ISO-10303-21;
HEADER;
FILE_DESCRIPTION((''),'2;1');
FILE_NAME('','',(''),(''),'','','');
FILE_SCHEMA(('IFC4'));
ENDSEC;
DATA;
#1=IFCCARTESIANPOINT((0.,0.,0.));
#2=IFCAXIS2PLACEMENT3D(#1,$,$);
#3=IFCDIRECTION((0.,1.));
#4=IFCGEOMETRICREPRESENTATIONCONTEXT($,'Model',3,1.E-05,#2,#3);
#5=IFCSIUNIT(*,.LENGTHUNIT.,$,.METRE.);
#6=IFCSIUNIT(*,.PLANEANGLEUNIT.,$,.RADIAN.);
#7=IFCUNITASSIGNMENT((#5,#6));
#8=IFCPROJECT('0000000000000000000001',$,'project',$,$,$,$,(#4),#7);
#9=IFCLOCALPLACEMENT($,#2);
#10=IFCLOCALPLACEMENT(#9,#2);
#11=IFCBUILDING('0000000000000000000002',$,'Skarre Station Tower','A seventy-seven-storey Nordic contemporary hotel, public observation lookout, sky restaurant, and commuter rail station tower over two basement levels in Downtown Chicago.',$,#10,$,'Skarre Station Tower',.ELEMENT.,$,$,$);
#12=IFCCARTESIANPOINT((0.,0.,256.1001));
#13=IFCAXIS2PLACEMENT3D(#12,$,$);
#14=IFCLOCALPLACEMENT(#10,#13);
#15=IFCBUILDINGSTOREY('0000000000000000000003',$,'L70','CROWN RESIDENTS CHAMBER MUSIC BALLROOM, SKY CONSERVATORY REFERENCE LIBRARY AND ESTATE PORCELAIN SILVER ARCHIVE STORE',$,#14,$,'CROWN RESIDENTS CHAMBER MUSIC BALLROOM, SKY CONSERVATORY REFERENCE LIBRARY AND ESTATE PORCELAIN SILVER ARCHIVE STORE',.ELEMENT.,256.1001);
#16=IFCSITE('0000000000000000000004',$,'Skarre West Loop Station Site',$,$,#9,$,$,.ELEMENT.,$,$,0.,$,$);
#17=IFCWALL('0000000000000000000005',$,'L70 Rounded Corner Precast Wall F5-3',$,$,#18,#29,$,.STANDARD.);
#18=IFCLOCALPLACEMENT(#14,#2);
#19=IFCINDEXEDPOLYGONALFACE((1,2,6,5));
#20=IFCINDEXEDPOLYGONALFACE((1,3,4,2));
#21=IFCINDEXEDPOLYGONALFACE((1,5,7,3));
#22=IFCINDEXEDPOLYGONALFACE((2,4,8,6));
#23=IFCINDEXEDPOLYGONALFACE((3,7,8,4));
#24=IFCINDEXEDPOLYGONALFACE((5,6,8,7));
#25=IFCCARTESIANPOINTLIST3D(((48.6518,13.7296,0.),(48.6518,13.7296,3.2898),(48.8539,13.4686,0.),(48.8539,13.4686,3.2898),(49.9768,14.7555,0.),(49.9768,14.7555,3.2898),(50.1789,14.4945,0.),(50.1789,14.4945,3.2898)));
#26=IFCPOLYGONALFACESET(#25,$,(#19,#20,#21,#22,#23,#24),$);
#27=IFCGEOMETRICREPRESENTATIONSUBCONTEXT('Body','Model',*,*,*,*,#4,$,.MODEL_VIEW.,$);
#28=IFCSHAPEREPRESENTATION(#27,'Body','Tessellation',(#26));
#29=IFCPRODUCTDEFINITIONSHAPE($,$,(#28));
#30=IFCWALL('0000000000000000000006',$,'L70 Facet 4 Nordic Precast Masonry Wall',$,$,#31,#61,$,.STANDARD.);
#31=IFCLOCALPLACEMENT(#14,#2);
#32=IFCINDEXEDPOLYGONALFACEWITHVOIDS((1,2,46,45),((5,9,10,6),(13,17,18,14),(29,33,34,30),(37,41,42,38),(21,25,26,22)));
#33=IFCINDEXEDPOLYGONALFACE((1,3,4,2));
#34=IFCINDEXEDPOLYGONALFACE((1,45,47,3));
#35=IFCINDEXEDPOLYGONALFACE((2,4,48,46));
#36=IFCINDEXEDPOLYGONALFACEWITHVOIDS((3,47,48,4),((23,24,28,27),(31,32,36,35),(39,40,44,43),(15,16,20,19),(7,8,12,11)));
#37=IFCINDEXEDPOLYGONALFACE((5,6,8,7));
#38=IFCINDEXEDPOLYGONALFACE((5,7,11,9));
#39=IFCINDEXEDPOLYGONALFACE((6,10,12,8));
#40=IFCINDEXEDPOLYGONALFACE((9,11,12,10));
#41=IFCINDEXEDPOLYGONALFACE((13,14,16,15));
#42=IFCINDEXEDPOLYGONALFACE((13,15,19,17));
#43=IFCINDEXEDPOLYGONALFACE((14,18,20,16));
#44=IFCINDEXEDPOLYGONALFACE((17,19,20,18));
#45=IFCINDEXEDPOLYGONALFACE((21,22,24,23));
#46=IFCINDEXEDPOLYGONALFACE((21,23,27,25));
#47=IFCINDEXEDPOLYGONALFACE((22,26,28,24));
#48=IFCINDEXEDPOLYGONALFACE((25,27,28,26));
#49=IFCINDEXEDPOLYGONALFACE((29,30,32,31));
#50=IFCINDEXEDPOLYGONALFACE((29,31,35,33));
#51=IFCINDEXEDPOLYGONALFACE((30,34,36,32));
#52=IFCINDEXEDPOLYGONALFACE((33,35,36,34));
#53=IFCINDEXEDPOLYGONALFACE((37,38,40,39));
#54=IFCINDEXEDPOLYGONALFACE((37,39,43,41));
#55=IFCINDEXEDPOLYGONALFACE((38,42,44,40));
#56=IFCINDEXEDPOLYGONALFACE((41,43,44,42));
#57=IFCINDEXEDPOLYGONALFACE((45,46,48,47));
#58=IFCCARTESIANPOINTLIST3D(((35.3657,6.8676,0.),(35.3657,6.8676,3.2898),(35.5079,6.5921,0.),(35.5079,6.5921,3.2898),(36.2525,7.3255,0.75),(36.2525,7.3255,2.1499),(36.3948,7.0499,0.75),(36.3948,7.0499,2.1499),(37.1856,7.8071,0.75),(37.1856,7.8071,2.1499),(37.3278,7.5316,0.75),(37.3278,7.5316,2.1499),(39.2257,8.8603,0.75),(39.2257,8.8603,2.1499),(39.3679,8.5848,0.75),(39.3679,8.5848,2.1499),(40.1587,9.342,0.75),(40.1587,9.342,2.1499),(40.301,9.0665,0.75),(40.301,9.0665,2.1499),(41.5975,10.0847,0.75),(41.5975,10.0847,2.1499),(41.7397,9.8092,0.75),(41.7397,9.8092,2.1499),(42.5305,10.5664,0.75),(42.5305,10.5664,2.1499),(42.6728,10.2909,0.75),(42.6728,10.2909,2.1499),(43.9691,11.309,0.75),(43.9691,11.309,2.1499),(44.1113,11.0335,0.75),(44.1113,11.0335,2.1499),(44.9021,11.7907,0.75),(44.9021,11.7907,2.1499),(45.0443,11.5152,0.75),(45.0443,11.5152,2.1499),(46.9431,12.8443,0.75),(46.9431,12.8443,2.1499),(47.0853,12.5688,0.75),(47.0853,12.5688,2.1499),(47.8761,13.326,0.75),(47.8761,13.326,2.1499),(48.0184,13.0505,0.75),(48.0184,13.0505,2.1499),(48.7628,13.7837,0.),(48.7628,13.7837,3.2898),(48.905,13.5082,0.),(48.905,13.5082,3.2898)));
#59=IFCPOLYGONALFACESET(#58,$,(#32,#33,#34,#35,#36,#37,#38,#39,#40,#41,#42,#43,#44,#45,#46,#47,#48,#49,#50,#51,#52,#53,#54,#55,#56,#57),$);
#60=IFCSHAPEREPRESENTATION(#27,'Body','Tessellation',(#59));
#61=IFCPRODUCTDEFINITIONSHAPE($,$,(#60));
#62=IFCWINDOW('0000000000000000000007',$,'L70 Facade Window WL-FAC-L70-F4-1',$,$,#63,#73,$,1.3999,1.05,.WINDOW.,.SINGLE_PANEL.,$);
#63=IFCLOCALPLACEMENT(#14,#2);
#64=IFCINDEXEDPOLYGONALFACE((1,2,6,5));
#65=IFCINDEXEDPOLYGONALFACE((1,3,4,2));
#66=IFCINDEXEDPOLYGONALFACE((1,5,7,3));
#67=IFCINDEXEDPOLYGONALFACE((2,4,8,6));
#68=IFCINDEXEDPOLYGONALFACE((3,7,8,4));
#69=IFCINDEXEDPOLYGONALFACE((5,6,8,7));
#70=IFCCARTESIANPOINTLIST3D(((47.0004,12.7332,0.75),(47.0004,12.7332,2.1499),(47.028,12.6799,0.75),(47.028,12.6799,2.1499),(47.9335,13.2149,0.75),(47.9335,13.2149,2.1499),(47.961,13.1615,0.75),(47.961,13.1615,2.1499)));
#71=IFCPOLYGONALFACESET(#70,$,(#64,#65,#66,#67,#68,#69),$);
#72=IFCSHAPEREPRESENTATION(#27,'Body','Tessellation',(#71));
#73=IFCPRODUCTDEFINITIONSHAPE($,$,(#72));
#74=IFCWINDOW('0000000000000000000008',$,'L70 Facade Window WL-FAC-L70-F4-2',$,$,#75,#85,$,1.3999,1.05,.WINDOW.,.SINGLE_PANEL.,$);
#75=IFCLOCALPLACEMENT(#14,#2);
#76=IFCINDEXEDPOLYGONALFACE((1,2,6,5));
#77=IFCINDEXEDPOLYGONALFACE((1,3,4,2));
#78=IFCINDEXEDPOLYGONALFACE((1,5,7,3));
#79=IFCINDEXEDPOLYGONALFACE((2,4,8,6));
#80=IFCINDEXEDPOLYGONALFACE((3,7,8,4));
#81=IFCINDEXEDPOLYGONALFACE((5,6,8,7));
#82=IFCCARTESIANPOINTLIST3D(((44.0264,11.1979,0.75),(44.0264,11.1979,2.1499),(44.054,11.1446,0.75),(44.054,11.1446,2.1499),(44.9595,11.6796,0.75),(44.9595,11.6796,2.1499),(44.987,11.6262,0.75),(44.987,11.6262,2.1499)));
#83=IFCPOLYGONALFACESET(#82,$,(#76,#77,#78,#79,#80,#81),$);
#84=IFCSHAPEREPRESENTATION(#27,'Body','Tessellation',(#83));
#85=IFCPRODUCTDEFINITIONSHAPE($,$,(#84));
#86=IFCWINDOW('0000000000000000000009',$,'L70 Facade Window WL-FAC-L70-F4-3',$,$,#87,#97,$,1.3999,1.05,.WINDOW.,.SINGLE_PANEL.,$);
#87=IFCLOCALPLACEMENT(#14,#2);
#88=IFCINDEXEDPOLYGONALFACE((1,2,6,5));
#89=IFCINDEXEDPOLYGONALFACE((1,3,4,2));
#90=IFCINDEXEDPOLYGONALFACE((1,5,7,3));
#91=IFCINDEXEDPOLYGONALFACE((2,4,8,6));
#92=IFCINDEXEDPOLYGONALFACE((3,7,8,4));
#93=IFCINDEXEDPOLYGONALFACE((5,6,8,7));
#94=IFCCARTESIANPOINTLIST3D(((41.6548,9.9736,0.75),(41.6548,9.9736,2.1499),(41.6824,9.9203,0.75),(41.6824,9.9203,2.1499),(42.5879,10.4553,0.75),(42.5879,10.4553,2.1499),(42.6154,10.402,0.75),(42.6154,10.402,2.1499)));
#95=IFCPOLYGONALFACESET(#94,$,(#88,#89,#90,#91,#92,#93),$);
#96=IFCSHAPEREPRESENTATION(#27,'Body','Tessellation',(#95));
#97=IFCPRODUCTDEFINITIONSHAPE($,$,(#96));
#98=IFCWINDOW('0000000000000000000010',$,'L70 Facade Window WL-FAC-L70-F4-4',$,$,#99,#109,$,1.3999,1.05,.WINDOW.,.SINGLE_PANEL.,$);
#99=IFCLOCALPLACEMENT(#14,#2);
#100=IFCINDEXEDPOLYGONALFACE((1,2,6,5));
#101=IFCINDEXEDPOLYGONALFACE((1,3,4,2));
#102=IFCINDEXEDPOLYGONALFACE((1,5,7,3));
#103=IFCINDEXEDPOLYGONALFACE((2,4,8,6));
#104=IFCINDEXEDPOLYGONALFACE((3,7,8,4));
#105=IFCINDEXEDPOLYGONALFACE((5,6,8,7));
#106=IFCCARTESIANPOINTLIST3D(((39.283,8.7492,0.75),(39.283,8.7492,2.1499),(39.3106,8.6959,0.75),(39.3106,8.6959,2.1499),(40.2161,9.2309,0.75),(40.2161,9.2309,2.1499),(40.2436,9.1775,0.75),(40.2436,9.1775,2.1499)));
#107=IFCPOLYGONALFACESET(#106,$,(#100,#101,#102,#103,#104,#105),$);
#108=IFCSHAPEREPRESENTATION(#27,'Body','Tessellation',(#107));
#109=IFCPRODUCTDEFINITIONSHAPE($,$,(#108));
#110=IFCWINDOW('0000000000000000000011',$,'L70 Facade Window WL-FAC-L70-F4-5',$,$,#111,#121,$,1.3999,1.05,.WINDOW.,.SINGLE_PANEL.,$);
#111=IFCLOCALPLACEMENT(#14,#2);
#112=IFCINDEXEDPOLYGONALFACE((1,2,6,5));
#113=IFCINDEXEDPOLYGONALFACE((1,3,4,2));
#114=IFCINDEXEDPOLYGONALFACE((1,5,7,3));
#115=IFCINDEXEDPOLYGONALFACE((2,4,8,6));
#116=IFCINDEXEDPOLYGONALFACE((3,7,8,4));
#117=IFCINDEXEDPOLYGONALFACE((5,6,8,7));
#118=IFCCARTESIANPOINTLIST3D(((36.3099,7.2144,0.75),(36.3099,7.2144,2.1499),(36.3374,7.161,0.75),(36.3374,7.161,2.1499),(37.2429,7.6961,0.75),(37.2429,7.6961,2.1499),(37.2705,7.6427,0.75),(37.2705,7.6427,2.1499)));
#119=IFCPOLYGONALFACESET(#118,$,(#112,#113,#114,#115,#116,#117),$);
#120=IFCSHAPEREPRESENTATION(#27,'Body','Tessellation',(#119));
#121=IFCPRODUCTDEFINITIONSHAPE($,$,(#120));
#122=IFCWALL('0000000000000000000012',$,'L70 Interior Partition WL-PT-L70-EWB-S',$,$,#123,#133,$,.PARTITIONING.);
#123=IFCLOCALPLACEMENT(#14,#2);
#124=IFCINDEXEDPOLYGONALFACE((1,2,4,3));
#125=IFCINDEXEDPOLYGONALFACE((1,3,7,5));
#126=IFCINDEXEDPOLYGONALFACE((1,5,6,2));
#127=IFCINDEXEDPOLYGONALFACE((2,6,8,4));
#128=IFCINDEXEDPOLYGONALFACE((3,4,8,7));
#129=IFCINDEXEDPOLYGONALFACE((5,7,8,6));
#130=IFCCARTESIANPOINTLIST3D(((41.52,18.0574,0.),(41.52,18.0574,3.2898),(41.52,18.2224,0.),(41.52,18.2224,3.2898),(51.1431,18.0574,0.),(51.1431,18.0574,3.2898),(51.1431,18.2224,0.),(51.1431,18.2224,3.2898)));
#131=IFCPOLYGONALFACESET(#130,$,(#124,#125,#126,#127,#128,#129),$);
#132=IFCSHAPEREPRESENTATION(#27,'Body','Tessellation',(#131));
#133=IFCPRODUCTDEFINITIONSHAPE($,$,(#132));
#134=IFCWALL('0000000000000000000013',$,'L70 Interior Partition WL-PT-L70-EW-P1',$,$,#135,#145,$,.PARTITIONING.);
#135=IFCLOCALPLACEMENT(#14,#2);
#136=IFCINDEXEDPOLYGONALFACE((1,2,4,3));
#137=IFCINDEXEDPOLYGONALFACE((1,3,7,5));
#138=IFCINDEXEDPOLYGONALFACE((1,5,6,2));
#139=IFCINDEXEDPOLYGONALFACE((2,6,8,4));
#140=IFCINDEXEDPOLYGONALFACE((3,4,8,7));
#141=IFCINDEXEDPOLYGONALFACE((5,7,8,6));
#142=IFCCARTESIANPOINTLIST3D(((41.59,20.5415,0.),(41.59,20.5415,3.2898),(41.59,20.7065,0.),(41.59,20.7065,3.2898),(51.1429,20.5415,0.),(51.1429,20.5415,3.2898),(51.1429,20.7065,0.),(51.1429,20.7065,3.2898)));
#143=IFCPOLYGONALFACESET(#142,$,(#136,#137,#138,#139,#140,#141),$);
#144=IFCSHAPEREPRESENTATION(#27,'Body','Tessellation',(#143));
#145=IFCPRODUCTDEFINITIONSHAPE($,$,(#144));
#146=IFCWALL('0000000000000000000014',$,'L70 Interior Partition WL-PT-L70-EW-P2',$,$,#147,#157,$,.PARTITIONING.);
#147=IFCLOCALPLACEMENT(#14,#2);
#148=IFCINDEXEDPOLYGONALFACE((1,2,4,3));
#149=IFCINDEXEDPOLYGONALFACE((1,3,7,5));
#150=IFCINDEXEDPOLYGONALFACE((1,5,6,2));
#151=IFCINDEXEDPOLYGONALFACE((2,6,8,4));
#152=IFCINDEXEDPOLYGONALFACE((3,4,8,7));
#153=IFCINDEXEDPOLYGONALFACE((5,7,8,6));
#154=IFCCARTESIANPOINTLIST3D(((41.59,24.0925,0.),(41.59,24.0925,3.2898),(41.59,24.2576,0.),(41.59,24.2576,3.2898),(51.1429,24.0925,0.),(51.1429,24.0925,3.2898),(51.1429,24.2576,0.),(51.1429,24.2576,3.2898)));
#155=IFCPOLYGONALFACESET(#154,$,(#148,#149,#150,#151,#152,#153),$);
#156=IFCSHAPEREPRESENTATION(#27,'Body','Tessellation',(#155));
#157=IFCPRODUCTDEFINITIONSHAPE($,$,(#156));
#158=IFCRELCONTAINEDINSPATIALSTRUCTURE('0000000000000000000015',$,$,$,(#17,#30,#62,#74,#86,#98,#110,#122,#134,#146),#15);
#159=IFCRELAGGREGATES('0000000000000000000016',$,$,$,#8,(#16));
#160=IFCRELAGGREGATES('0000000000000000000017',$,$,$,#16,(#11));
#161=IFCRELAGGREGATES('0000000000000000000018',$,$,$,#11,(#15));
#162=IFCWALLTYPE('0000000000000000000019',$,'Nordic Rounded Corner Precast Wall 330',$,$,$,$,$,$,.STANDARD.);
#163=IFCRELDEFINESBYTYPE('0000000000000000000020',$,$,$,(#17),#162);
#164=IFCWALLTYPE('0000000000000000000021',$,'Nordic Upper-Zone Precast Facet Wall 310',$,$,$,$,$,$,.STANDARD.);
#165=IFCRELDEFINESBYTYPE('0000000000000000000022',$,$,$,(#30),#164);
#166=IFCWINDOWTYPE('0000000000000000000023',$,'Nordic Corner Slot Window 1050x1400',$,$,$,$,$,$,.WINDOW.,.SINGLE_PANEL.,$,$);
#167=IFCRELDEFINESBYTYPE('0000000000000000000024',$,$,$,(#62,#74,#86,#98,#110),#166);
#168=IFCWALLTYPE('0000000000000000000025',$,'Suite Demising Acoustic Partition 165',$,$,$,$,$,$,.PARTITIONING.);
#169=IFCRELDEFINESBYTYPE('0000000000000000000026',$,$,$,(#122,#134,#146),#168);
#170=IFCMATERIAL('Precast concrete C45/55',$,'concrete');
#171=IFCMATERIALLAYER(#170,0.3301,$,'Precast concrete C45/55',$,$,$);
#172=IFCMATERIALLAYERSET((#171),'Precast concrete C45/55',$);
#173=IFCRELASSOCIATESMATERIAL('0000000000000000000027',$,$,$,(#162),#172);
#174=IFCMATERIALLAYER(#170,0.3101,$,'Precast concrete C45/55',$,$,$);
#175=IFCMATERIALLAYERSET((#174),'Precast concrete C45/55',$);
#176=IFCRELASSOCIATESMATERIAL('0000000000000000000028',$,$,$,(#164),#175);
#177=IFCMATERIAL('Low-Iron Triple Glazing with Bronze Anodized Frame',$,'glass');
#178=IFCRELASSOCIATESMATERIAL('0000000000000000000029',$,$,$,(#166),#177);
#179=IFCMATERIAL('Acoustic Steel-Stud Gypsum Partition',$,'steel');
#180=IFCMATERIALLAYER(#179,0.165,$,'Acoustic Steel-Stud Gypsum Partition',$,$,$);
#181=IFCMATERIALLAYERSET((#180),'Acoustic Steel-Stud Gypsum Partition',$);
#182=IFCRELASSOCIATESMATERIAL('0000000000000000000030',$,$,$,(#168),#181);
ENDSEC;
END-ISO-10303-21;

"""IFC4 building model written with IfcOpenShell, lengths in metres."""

from ifc_helpers import new_model, si_unit, direction, frame, frame_2d, origin, place, context, subcontext, project, spatial, rectangle, extrude, material, layer, layer_set, type_object, element, fill, save


model = new_model("IFC4")

# Units and contexts
model_context = context("Model", 3, precision=1e-05, world=origin(), true_north=direction((0.0, 1.0)))
body_context = subcontext(model_context, "Body", "Model", "MODEL_VIEW")
ifc_project = project(units=[si_unit("LENGTHUNIT", "METRE"), si_unit("PLANEANGLEUNIT", "RADIAN")], contexts=[model_context])

# Site, building, storey
site_placement = place(None, origin())
site = spatial("IfcSite", under=ifc_project, at=site_placement, Name="Skarre West Loop Station Site", CompositionType="ELEMENT", RefElevation=0.0)
building_placement = place(site_placement, origin())
building = spatial("IfcBuilding", under=site, at=building_placement, Name="Skarre Station Tower", Description="A seventy-seven-storey Nordic contemporary hotel, public observation lookout, sky restaurant, and commuter rail station tower over two basement levels in Downtown Chicago.", LongName="Skarre Station Tower", CompositionType="ELEMENT")
storey_placement = place(building_placement, frame((0.0, 0.0, 256.1001)))
storey = spatial("IfcBuildingStorey", under=building, at=storey_placement, Name="L70", Description="CROWN RESIDENTS CHAMBER MUSIC BALLROOM, SKY CONSERVATORY REFERENCE LIBRARY AND ESTATE PORCELAIN SILVER ARCHIVE STORE", LongName="CROWN RESIDENTS CHAMBER MUSIC BALLROOM, SKY CONSERVATORY REFERENCE LIBRARY AND ESTATE PORCELAIN SILVER ARCHIVE STORE", CompositionType="ELEMENT", Elevation=256.1001)

# Shared definitions
ifc_material_1 = material(Name="Acoustic Steel-Stud Gypsum Partition", Category="steel")

# Wall
ifc_material_2 = material(Name="Precast concrete C45/55", Category="concrete")
ifc_layer_1 = layer(ifc_material_2, 0.3301, Name="Precast concrete C45/55")
ifc_layer_set_1 = layer_set([ifc_layer_1], Name="Precast concrete C45/55")
wall_type_1 = type_object("IfcWallType", Name="Nordic Rounded Corner Precast Wall 330", PredefinedType="STANDARD", material=ifc_layer_set_1)
wall_1_placement = place(storey_placement, frame((50.0779, 14.625, 0.0), z_axis=(0.0, 0.0, 1.0), x_axis=(-0.790692, -0.612214, 0.0)))
element("IfcWall", 1, at=wall_1_placement, inside=storey, type_object=wall_type_1, Name="L70 Rounded Corner Precast Wall F5-3", PredefinedType="STANDARD", context=body_context, shape_type="SweptSolid", body=[
    extrude(rectangle(XDim=1.6758, YDim=0.3301, at=frame_2d((0.8379, 0.0))), origin(), (0.0, 0.0, 1.0), 3.2898),
])

# Wall, openings, windows
ifc_layer_2 = layer(ifc_material_2, 0.3101, Name="Precast concrete C45/55")
ifc_layer_set_2 = layer_set([ifc_layer_2], Name="Precast concrete C45/55")
wall_type_2 = type_object("IfcWallType", Name="Nordic Upper-Zone Precast Facet Wall 310", PredefinedType="STANDARD", material=ifc_layer_set_2)
wall_2_placement = place(storey_placement, frame((48.834, 13.646, 0.0), z_axis=(0.0, 0.0, 1.0), x_axis=(-0.888581, -0.458719, 0.0)))
wall_2 = element("IfcWall", 2, at=wall_2_placement, inside=storey, type_object=wall_type_2, Name="L70 Facet 4 Nordic Precast Masonry Wall", PredefinedType="STANDARD", context=body_context, shape_type="SweptSolid", body=[
    extrude(rectangle(XDim=15.0769, YDim=0.3101, at=frame_2d((7.5386, 0.0))), origin(), (0.0, 0.0, 1.0), 3.2898),
])
opening_1_placement = place(wall_2_placement, frame((0.998, 0.0, 0.75)))
opening_1 = element("IfcOpeningElement", 3, at=opening_1_placement, cuts=wall_2, PredefinedType="OPENING", context=body_context, shape_type="SweptSolid", body=[
    extrude(rectangle(XDim=1.05, YDim=1.3999, at=frame_2d((0.5249, 0.7))), frame((0.0, 0.165, 0.0), z_axis=(0.0, -1.0, 0.0), x_axis=(1.0, 0.0, 0.0)), (0.0, 0.0, 1.0), 0.3301),
])
opening_2_placement = place(wall_2_placement, frame((4.345, 0.0, 0.75)))
opening_2 = element("IfcOpeningElement", 4, at=opening_2_placement, cuts=wall_2, PredefinedType="OPENING", context=body_context, shape_type="SweptSolid", body=[
    extrude(rectangle(XDim=1.05, YDim=1.3999, at=frame_2d((0.5249, 0.7))), frame((0.0, 0.165, 0.0), z_axis=(0.0, -1.0, 0.0), x_axis=(1.0, 0.0, 0.0)), (0.0, 0.0, 1.0), 0.3301),
])
opening_3_placement = place(wall_2_placement, frame((7.0139, 0.0, 0.75)))
opening_3 = element("IfcOpeningElement", 5, at=opening_3_placement, cuts=wall_2, PredefinedType="OPENING", context=body_context, shape_type="SweptSolid", body=[
    extrude(rectangle(XDim=1.05, YDim=1.3999, at=frame_2d((0.5249, 0.7))), frame((0.0, 0.165, 0.0), z_axis=(0.0, -1.0, 0.0), x_axis=(1.0, 0.0, 0.0)), (0.0, 0.0, 1.0), 0.3301),
])
opening_4_placement = place(wall_2_placement, frame((9.6831, 0.0, 0.75)))
opening_4 = element("IfcOpeningElement", 6, at=opening_4_placement, cuts=wall_2, PredefinedType="OPENING", context=body_context, shape_type="SweptSolid", body=[
    extrude(rectangle(XDim=1.05, YDim=1.3999, at=frame_2d((0.5249, 0.7))), frame((0.0, 0.165, 0.0), z_axis=(0.0, -1.0, 0.0), x_axis=(1.0, 0.0, 0.0)), (0.0, 0.0, 1.0), 0.3301),
])
opening_5_placement = place(wall_2_placement, frame((13.0291, 0.0, 0.75)))
opening_5 = element("IfcOpeningElement", 7, at=opening_5_placement, cuts=wall_2, PredefinedType="OPENING", context=body_context, shape_type="SweptSolid", body=[
    extrude(rectangle(XDim=1.05, YDim=1.3999, at=frame_2d((0.5249, 0.7))), frame((0.0, 0.165, 0.0), z_axis=(0.0, -1.0, 0.0), x_axis=(1.0, 0.0, 0.0)), (0.0, 0.0, 1.0), 0.3301),
])
ifc_material_3 = material(Name="Low-Iron Triple Glazing with Bronze Anodized Frame", Category="glass")
window_type = type_object("IfcWindowType", Name="Nordic Corner Slot Window 1050x1400", PartitioningType="SINGLE_PANEL", PredefinedType="WINDOW", material=ifc_material_3)
window_1_placement = place(opening_1_placement, origin())
window_1 = element("IfcWindow", 8, at=window_1_placement, inside=storey, type_object=window_type, Name="L70 Facade Window WL-FAC-L70-F4-1", OverallHeight=1.3999, OverallWidth=1.05, PartitioningType="SINGLE_PANEL", PredefinedType="WINDOW", context=body_context, shape_type="SweptSolid", body=[
    extrude(rectangle(XDim=1.05, YDim=1.3999, at=frame_2d((0.5249, 0.7))), frame((0.0, 0.03, 0.0), z_axis=(0.0, -1.0, 0.0), x_axis=(1.0, 0.0, 0.0)), (0.0, 0.0, 1.0), 0.0601),
])
fill(opening_1, window_1)
window_2_placement = place(opening_2_placement, origin())
window_2 = element("IfcWindow", 9, at=window_2_placement, inside=storey, type_object=window_type, Name="L70 Facade Window WL-FAC-L70-F4-2", OverallHeight=1.3999, OverallWidth=1.05, PartitioningType="SINGLE_PANEL", PredefinedType="WINDOW", context=body_context, shape_type="SweptSolid", body=[
    extrude(rectangle(XDim=1.05, YDim=1.3999, at=frame_2d((0.5249, 0.7))), frame((0.0, 0.03, 0.0), z_axis=(0.0, -1.0, 0.0), x_axis=(1.0, 0.0, 0.0)), (0.0, 0.0, 1.0), 0.0601),
])
fill(opening_2, window_2)
window_3_placement = place(opening_3_placement, origin())
window_3 = element("IfcWindow", 10, at=window_3_placement, inside=storey, type_object=window_type, Name="L70 Facade Window WL-FAC-L70-F4-3", OverallHeight=1.3999, OverallWidth=1.05, PartitioningType="SINGLE_PANEL", PredefinedType="WINDOW", context=body_context, shape_type="SweptSolid", body=[
    extrude(rectangle(XDim=1.05, YDim=1.3999, at=frame_2d((0.5249, 0.7))), frame((0.0, 0.03, 0.0), z_axis=(0.0, -1.0, 0.0), x_axis=(1.0, 0.0, 0.0)), (0.0, 0.0, 1.0), 0.0601),
])
fill(opening_3, window_3)
window_4_placement = place(opening_4_placement, origin())
window_4 = element("IfcWindow", 11, at=window_4_placement, inside=storey, type_object=window_type, Name="L70 Facade Window WL-FAC-L70-F4-4", OverallHeight=1.3999, OverallWidth=1.05, PartitioningType="SINGLE_PANEL", PredefinedType="WINDOW", context=body_context, shape_type="SweptSolid", body=[
    extrude(rectangle(XDim=1.05, YDim=1.3999, at=frame_2d((0.5249, 0.7))), frame((0.0, 0.03, 0.0), z_axis=(0.0, -1.0, 0.0), x_axis=(1.0, 0.0, 0.0)), (0.0, 0.0, 1.0), 0.0601),
])
fill(opening_4, window_4)
window_5_placement = place(opening_5_placement, origin())
window_5 = element("IfcWindow", 12, at=window_5_placement, inside=storey, type_object=window_type, Name="L70 Facade Window WL-FAC-L70-F4-5", OverallHeight=1.3999, OverallWidth=1.05, PartitioningType="SINGLE_PANEL", PredefinedType="WINDOW", context=body_context, shape_type="SweptSolid", body=[
    extrude(rectangle(XDim=1.05, YDim=1.3999, at=frame_2d((0.5249, 0.7))), frame((0.0, 0.03, 0.0), z_axis=(0.0, -1.0, 0.0), x_axis=(1.0, 0.0, 0.0)), (0.0, 0.0, 1.0), 0.0601),
])
fill(opening_5, window_5)

# Walls
ifc_layer_3 = layer(ifc_material_1, 0.165, Name="Acoustic Steel-Stud Gypsum Partition")
ifc_layer_set_3 = layer_set([ifc_layer_3], Name="Acoustic Steel-Stud Gypsum Partition")
wall_type_3 = type_object("IfcWallType", Name="Suite Demising Acoustic Partition 165", PredefinedType="PARTITIONING", material=ifc_layer_set_3)
wall_3_placement = place(storey_placement, frame((41.52, 18.1399, 0.0), z_axis=(0.0, 0.0, 1.0), x_axis=(1.0, 0.0, 0.0)))
element("IfcWall", 13, at=wall_3_placement, inside=storey, type_object=wall_type_3, Name="L70 Interior Partition WL-PT-L70-EWB-S", PredefinedType="PARTITIONING", context=body_context, shape_type="SweptSolid", body=[
    extrude(rectangle(XDim=9.623, YDim=0.165, at=frame_2d((4.8115, 0.0))), origin(), (0.0, 0.0, 1.0), 3.2898),
])
for number, where, z_axis, x_axis, name in (
    (14, (41.5901, 20.624, 0.0), (0.0, 0.0, 1.0), (1.0, 0.0, 0.0), "L70 Interior Partition WL-PT-L70-EW-P1"),
    (15, (41.5901, 24.175, 0.0), (0.0, 0.0, 1.0), (1.0, 0.0, 0.0), "L70 Interior Partition WL-PT-L70-EW-P2"),
):
    element("IfcWall", number, at=place(storey_placement, frame(where, z_axis=z_axis, x_axis=x_axis)), inside=storey, type_object=wall_type_3, Name=name, PredefinedType="PARTITIONING", context=body_context, shape_type="SweptSolid", body=[
        extrude(rectangle(XDim=9.553, YDim=0.165, at=frame_2d((4.7764, 0.0))), origin(), (0.0, 0.0, 1.0), 3.2898),
    ])

save(model, "model.ifc")
